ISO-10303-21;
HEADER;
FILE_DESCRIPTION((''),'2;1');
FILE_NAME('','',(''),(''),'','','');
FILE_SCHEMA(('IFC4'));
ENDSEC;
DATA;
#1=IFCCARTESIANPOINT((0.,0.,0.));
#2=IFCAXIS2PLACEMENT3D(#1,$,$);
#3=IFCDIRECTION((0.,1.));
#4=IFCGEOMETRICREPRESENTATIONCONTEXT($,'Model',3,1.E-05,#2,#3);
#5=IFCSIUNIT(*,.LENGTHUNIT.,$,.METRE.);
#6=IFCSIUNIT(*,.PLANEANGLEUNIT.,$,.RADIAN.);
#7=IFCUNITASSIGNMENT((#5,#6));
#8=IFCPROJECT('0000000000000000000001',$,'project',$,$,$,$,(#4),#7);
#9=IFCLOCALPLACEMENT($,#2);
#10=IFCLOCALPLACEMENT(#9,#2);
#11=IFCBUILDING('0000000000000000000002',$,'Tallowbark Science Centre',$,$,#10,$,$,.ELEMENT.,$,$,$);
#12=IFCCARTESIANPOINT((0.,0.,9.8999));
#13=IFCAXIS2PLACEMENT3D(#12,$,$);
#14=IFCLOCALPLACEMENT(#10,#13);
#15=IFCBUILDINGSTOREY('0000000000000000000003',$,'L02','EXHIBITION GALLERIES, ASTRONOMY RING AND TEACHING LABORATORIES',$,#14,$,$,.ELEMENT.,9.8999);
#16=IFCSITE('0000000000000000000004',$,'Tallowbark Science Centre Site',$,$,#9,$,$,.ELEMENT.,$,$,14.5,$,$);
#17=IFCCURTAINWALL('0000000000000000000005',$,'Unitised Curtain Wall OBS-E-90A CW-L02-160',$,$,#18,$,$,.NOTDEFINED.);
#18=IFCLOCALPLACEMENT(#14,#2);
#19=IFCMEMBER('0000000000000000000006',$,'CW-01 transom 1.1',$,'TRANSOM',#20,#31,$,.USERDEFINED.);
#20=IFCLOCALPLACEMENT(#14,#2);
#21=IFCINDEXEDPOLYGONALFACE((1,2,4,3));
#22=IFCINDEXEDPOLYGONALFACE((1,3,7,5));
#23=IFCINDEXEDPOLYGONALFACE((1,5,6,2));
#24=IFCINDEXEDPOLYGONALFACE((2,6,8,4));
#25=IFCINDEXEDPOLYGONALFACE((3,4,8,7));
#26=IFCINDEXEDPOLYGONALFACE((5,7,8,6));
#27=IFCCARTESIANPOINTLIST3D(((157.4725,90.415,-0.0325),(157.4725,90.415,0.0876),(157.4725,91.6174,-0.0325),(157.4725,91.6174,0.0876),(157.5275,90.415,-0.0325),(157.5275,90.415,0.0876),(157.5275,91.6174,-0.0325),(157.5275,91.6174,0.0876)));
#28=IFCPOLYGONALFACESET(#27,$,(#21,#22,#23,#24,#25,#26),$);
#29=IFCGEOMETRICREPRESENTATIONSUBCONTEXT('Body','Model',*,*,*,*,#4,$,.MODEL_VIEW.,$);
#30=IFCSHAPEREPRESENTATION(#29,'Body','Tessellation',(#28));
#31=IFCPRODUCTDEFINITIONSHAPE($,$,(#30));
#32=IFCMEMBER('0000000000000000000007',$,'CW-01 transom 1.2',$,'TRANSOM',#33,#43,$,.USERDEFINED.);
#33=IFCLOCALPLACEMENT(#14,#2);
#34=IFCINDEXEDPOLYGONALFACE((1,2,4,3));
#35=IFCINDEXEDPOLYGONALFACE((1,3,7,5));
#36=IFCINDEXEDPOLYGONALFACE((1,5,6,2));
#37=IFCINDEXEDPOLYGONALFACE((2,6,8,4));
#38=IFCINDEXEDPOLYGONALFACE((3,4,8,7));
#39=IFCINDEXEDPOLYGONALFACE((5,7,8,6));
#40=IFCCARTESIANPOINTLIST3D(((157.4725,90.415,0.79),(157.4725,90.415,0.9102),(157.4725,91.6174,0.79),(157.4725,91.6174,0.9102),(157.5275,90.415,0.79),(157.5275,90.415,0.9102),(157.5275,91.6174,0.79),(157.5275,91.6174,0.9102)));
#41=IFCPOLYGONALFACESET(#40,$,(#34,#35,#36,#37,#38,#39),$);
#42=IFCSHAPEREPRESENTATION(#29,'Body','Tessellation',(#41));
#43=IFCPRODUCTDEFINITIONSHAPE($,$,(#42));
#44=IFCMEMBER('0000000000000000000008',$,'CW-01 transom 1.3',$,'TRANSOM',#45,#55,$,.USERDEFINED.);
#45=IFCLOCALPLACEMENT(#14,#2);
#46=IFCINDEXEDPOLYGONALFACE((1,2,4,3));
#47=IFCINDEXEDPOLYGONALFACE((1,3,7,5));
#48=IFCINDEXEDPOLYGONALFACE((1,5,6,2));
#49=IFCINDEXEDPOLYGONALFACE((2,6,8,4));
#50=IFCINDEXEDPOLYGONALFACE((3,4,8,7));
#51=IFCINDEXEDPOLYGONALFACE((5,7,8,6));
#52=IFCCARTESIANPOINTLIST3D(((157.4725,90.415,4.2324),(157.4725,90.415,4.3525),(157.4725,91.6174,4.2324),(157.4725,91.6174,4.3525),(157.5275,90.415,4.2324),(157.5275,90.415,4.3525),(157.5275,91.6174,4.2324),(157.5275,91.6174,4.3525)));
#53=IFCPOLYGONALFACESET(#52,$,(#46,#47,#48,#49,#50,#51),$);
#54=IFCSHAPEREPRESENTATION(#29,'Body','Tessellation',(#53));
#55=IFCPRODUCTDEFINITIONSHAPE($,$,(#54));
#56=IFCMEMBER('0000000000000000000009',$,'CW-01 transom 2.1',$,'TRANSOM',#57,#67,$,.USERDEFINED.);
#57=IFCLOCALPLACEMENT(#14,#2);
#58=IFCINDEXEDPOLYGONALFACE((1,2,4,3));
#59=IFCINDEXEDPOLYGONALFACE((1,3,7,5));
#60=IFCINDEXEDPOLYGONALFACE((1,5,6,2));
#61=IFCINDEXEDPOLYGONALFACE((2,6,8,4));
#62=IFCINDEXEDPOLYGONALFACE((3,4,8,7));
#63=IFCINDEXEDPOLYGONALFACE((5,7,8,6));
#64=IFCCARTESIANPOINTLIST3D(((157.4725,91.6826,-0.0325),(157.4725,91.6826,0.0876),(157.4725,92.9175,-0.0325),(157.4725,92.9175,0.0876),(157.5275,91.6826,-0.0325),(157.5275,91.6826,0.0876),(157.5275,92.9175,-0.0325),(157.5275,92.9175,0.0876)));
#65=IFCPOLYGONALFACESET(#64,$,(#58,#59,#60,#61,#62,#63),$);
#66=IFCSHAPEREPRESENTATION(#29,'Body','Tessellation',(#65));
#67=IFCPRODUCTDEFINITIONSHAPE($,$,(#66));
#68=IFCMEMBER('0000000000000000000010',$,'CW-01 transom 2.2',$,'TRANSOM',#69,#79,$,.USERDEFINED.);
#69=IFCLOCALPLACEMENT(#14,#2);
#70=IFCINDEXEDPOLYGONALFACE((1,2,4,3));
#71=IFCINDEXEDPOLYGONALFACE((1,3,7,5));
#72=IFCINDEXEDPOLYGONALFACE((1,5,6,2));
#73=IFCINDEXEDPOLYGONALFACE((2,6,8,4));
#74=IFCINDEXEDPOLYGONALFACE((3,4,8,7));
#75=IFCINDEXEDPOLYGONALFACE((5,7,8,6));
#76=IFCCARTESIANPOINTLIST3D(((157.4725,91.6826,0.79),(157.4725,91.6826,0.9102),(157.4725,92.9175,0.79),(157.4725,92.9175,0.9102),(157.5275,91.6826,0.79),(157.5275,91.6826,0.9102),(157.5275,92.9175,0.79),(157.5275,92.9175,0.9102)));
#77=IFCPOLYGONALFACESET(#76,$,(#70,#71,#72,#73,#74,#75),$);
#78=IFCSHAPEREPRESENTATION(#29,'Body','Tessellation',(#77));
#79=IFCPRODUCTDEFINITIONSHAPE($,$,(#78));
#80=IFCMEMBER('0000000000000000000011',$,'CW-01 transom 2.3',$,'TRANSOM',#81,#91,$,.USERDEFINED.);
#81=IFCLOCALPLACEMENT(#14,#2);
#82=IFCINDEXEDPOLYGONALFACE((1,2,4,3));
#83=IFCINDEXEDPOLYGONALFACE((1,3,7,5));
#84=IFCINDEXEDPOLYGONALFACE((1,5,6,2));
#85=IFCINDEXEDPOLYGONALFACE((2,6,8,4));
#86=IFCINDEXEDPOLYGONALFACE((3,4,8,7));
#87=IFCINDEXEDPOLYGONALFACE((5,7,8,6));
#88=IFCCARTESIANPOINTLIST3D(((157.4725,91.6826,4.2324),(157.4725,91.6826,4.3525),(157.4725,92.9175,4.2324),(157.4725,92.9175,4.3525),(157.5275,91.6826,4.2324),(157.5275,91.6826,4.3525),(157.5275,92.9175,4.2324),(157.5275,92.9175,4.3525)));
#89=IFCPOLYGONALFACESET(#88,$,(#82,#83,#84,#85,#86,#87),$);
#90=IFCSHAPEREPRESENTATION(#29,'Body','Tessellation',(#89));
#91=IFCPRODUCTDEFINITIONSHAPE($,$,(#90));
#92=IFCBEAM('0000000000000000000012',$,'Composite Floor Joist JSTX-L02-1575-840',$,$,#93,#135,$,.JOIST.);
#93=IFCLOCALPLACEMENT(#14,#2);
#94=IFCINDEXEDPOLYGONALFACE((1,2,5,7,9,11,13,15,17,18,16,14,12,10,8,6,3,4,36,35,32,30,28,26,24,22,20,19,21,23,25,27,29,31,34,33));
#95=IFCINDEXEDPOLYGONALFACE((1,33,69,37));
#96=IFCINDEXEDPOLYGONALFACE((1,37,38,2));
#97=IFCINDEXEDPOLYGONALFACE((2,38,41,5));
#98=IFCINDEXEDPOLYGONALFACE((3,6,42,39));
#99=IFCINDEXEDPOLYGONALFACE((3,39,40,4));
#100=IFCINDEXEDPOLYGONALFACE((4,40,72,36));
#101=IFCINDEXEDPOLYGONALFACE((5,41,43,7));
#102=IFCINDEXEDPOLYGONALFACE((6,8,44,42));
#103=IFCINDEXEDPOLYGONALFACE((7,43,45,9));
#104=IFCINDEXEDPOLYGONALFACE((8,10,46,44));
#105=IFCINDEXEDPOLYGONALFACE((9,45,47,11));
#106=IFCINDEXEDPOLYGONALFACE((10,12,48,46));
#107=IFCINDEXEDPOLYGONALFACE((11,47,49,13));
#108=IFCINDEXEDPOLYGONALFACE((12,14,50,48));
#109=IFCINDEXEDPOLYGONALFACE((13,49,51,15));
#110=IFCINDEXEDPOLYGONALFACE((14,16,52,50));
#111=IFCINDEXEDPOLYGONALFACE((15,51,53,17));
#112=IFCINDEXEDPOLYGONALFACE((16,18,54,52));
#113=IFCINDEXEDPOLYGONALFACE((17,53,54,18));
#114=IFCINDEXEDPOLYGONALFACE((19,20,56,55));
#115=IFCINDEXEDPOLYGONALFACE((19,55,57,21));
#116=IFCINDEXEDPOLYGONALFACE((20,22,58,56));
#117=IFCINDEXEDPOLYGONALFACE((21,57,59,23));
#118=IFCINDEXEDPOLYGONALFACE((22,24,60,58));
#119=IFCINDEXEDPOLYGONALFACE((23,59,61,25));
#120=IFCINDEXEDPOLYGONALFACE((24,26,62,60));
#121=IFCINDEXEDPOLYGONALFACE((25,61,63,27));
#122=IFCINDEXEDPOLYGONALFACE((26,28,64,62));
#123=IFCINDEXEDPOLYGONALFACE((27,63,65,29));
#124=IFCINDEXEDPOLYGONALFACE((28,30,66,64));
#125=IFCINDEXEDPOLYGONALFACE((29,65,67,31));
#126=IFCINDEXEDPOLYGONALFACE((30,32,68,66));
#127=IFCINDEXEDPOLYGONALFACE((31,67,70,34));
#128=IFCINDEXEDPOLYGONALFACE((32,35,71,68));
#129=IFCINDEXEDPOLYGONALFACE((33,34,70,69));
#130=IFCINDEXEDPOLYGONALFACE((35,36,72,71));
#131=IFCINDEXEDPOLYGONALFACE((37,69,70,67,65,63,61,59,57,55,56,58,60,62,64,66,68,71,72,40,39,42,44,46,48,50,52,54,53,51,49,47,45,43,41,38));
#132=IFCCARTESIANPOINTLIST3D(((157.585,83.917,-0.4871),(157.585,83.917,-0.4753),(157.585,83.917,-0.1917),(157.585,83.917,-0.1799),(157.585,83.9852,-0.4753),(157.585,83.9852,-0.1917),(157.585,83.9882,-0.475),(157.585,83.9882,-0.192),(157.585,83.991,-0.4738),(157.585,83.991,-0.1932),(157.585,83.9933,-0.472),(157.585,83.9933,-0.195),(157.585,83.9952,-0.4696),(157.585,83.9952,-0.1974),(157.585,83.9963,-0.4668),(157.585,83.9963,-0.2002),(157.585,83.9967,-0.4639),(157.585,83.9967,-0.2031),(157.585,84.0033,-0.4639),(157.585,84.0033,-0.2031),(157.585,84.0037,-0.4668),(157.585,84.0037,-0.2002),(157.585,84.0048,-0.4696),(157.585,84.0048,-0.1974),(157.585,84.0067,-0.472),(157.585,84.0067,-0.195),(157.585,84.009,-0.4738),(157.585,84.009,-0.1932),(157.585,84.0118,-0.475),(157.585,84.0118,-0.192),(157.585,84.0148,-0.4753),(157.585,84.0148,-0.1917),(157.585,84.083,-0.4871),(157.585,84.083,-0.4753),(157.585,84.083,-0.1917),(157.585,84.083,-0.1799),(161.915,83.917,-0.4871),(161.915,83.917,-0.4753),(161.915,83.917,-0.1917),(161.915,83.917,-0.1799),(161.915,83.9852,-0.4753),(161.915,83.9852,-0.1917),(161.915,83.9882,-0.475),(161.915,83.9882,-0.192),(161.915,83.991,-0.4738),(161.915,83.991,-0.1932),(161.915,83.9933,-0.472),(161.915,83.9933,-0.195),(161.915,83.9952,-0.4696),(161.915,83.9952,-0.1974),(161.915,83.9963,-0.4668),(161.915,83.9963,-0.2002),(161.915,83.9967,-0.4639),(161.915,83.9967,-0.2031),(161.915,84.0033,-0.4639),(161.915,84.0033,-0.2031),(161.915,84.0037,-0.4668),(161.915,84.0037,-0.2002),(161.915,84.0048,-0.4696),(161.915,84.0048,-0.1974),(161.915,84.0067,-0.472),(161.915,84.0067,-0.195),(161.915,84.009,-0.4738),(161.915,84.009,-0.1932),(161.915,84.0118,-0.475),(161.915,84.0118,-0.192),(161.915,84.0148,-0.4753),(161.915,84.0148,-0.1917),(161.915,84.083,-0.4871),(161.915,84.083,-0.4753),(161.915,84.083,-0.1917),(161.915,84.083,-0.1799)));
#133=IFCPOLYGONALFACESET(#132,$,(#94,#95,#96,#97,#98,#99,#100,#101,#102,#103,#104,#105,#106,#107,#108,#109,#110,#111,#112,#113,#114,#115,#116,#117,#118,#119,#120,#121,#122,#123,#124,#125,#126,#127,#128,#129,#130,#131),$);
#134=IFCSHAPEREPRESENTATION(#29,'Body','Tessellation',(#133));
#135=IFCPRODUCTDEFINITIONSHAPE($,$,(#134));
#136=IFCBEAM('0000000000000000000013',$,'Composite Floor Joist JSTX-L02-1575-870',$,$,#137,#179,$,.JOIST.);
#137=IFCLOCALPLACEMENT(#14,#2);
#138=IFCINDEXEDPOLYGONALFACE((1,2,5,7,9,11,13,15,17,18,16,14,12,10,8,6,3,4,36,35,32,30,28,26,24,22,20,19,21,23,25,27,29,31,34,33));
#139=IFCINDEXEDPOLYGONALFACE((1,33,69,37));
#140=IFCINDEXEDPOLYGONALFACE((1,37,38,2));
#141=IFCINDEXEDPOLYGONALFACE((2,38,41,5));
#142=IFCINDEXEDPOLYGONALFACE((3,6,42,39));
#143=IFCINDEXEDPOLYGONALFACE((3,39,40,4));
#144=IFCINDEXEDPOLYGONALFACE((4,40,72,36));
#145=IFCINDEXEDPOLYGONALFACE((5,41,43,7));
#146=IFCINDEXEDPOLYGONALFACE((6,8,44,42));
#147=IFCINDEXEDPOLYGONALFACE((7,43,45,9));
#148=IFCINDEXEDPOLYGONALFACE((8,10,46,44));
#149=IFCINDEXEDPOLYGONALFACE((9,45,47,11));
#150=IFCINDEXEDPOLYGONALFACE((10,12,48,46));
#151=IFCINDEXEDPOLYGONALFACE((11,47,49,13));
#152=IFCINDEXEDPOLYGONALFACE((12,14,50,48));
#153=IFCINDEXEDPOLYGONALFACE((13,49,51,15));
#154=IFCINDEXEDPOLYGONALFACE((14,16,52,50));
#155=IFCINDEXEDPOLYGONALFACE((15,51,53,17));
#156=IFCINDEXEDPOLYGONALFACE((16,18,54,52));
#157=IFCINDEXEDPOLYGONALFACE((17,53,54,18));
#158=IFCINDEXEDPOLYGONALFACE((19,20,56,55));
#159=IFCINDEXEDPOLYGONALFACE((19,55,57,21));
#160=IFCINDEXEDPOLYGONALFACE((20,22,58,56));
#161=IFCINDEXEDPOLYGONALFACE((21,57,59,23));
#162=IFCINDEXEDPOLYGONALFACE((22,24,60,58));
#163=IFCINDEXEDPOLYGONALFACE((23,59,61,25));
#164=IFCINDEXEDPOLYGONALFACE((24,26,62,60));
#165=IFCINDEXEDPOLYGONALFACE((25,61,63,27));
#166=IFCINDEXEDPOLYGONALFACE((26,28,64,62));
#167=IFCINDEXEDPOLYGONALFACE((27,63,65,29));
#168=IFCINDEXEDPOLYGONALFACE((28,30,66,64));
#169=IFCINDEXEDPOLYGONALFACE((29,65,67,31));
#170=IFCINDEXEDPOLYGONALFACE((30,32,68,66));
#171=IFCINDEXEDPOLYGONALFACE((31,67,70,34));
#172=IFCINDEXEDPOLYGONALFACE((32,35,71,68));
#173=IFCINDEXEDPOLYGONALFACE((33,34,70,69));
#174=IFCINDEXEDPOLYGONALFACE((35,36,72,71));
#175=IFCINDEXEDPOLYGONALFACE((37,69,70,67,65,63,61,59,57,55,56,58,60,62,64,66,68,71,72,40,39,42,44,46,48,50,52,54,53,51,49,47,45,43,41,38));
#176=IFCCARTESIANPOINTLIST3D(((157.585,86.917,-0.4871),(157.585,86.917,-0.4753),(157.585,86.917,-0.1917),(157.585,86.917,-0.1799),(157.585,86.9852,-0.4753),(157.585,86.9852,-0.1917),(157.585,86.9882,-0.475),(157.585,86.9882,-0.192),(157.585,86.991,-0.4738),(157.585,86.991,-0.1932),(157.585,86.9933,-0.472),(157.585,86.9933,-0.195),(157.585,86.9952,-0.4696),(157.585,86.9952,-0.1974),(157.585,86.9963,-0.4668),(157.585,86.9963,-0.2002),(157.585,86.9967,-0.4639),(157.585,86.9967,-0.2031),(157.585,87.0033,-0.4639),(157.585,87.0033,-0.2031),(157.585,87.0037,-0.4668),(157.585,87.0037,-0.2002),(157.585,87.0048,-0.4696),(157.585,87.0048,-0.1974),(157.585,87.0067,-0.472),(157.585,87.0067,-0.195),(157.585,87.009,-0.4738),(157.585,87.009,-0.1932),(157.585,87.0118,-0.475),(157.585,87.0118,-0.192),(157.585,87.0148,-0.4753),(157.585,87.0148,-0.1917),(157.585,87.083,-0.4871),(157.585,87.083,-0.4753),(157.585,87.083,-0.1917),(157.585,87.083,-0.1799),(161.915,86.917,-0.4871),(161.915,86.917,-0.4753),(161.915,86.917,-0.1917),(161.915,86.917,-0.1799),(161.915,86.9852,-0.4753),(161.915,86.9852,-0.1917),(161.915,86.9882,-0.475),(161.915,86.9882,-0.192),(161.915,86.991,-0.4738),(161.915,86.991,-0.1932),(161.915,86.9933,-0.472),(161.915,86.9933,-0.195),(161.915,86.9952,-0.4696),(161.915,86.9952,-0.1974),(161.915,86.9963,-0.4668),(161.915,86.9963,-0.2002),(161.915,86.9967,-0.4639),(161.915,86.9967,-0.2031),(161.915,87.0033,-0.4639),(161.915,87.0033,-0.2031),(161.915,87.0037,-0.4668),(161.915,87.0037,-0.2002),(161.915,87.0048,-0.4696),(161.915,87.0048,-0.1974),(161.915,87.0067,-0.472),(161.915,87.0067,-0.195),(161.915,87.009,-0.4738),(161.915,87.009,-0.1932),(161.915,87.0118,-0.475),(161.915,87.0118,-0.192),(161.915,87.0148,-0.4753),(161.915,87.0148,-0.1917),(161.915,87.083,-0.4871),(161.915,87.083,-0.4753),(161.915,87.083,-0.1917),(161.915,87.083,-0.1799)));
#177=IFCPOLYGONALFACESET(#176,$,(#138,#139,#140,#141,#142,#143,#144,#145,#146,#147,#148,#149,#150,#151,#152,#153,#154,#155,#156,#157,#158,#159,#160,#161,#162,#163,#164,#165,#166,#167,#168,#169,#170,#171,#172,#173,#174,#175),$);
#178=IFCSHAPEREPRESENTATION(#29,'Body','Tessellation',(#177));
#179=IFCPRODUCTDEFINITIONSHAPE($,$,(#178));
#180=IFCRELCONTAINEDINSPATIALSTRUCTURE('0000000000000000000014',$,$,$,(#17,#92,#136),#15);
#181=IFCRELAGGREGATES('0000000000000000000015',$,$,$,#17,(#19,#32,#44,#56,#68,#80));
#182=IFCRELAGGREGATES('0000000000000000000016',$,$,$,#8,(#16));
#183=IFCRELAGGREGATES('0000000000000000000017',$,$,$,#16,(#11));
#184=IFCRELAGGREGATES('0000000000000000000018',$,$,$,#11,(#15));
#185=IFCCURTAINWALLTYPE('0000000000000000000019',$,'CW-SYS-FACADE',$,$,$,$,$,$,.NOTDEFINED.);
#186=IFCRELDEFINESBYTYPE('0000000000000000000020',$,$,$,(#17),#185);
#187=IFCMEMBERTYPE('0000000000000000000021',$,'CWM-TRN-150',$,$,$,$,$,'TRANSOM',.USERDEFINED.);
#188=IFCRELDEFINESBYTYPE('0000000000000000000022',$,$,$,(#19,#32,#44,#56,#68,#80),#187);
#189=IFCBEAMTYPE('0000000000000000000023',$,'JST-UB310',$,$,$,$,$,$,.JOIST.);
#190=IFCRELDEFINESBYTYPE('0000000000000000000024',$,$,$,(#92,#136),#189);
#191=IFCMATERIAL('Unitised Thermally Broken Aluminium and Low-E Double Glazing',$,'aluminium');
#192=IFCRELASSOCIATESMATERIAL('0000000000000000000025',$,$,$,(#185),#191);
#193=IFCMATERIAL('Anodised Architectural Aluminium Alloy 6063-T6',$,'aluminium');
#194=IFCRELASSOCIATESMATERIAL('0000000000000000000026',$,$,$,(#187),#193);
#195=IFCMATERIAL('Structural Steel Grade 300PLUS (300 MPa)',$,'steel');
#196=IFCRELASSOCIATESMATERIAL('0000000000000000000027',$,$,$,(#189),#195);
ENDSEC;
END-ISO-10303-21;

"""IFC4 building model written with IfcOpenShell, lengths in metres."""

from ifc_helpers import new_model, si_unit, direction, frame, origin, origin_2d, place, context, subcontext, project, spatial, rectangle, i_section, extrude, material, material_profile, profile_set, type_object, element, aggregate, save


model = new_model("IFC4")

# Units and contexts
model_context = context("Model", 3, precision=1e-05, world=origin(), true_north=direction((0.0, 1.0)))
body_context = subcontext(model_context, "Body", "Model", "MODEL_VIEW")
ifc_project = project(units=[si_unit("LENGTHUNIT", "METRE"), si_unit("PLANEANGLEUNIT", "RADIAN")], contexts=[model_context])

# Site, building, storey
site_placement = place(None, origin())
site = spatial("IfcSite", under=ifc_project, at=site_placement, Name="Tallowbark Science Centre Site", CompositionType="ELEMENT", RefElevation=14.5)
building_placement = place(site_placement, origin())
building = spatial("IfcBuilding", under=site, at=building_placement, Name="Tallowbark Science Centre", CompositionType="ELEMENT")
storey_placement = place(building_placement, frame((0.0, 0.0, 9.8999)))
storey = spatial("IfcBuildingStorey", under=building, at=storey_placement, Name="L02", Description="EXHIBITION GALLERIES, ASTRONOMY RING AND TEACHING LABORATORIES", CompositionType="ELEMENT", Elevation=9.8999)

# Shared definitions
ifc_material_1 = material(Name="Structural Steel Grade 300PLUS (300 MPa)", Category="steel")

# Curtain wall, members
ifc_material_2 = material(Name="Unitised Thermally Broken Aluminium and Low-E Double Glazing", Category="aluminium")
curtain_wall_type = type_object("IfcCurtainWallType", Name="CW-SYS-FACADE", PredefinedType="NOTDEFINED", material=ifc_material_2)
curtain_wall_placement = place(storey_placement, origin())
curtain_wall = element("IfcCurtainWall", 1, at=curtain_wall_placement, inside=storey, type_object=curtain_wall_type, Name="Unitised Curtain Wall OBS-E-90A CW-L02-160", PredefinedType="NOTDEFINED")
ifc_material_3 = material(Name="Anodised Architectural Aluminium Alloy 6063-T6", Category="aluminium")
ifc_material_profile_1 = material_profile(ifc_material_3, rectangle(XDim=0.0549, YDim=0.1201, at=origin_2d()), Name="ALU55x120")
ifc_profile_set_1 = profile_set([ifc_material_profile_1], Name="Anodised Architectural Aluminium Alloy 6063-T6")
member_type_1 = type_object("IfcMemberType", Name="CWM-TRN-150", ElementType="TRANSOM", PredefinedType="USERDEFINED", material=ifc_profile_set_1)
member_1_placement = place(storey_placement, frame((157.5, 90.415, 0.0276), z_axis=(0.0, 1.0, 0.0), x_axis=(-1.0, 0.0, 0.0)))
member_1 = element("IfcMember", 2, at=member_1_placement, type_object=member_type_1, Name="CW-01 transom 1.1", ObjectType="TRANSOM", PredefinedType="USERDEFINED", context=body_context, shape_type="SweptSolid", body=[
    extrude(rectangle(XDim=0.0549, YDim=0.1201, at=origin_2d()), origin(), (0.0, 0.0, 1.0), 1.2024),
])
member_2_placement = place(storey_placement, frame((157.5, 90.415, 0.8501), z_axis=(0.0, 1.0, 0.0), x_axis=(-1.0, 0.0, 0.0)))
member_2 = element("IfcMember", 3, at=member_2_placement, type_object=member_type_1, Name="CW-01 transom 1.2", ObjectType="TRANSOM", PredefinedType="USERDEFINED", context=body_context, shape_type="SweptSolid", body=[
    extrude(rectangle(XDim=0.0549, YDim=0.1201, at=origin_2d()), origin(), (0.0, 0.0, 1.0), 1.2024),
])
member_3_placement = place(storey_placement, frame((157.5, 90.415, 4.2925), z_axis=(0.0, 1.0, 0.0), x_axis=(-1.0, 0.0, 0.0)))
member_3 = element("IfcMember", 4, at=member_3_placement, type_object=member_type_1, Name="CW-01 transom 1.3", ObjectType="TRANSOM", PredefinedType="USERDEFINED", context=body_context, shape_type="SweptSolid", body=[
    extrude(rectangle(XDim=0.0549, YDim=0.1201, at=origin_2d()), origin(), (0.0, 0.0, 1.0), 1.2024),
])
member_4_placement = place(storey_placement, frame((157.5, 91.6826, 0.0276), z_axis=(0.0, 1.0, 0.0), x_axis=(-1.0, 0.0, 0.0)))
member_4 = element("IfcMember", 5, at=member_4_placement, type_object=member_type_1, Name="CW-01 transom 2.1", ObjectType="TRANSOM", PredefinedType="USERDEFINED", context=body_context, shape_type="SweptSolid", body=[
    extrude(rectangle(XDim=0.0549, YDim=0.1201, at=origin_2d()), origin(), (0.0, 0.0, 1.0), 1.2349),
])
member_5_placement = place(storey_placement, frame((157.5, 91.6826, 0.8501), z_axis=(0.0, 1.0, 0.0), x_axis=(-1.0, 0.0, 0.0)))
member_5 = element("IfcMember", 6, at=member_5_placement, type_object=member_type_1, Name="CW-01 transom 2.2", ObjectType="TRANSOM", PredefinedType="USERDEFINED", context=body_context, shape_type="SweptSolid", body=[
    extrude(rectangle(XDim=0.0549, YDim=0.1201, at=origin_2d()), origin(), (0.0, 0.0, 1.0), 1.2349),
])
member_6_placement = place(storey_placement, frame((157.5, 91.6826, 4.2925), z_axis=(0.0, 1.0, 0.0), x_axis=(-1.0, 0.0, 0.0)))
member_6 = element("IfcMember", 7, at=member_6_placement, type_object=member_type_1, Name="CW-01 transom 2.3", ObjectType="TRANSOM", PredefinedType="USERDEFINED", context=body_context, shape_type="SweptSolid", body=[
    extrude(rectangle(XDim=0.0549, YDim=0.1201, at=origin_2d()), origin(), (0.0, 0.0, 1.0), 1.2349),
])

# Beams
ifc_material_profile_2 = material_profile(ifc_material_1, i_section(OverallWidth=0.166, OverallDepth=0.3071, WebThickness=0.0066, FlangeThickness=0.0117, FilletRadius=0.0115, at=origin_2d()), Name="310UB46.2")
ifc_profile_set_2 = profile_set([ifc_material_profile_2], Name="Structural Steel Grade 300PLUS (300 MPa)")
beam_type_1 = type_object("IfcBeamType", Name="JST-UB310", PredefinedType="JOIST", material=ifc_profile_set_2)
for number, where, z_axis, x_axis, name in (
    (8, (157.585, 84.0, -0.3335), (1.0, 0.0, 0.0), (0.0, 1.0, 0.0), "Composite Floor Joist JSTX-L02-1575-840"),
    (9, (157.585, 87.0, -0.3335), (1.0, 0.0, 0.0), (0.0, 1.0, 0.0), "Composite Floor Joist JSTX-L02-1575-870"),
):
    element("IfcBeam", number, at=place(storey_placement, frame(where, z_axis=z_axis, x_axis=x_axis)), inside=storey, type_object=beam_type_1, Name=name, PredefinedType="JOIST", context=body_context, shape_type="SweptSolid", body=[
        extrude(i_section(OverallWidth=0.166, OverallDepth=0.3071, WebThickness=0.0066, FlangeThickness=0.0117, FilletRadius=0.0115, at=origin_2d()), origin(), (0.0, 0.0, 1.0), 4.3301),
    ])

aggregate(curtain_wall, [member_1, member_2, member_3, member_4, member_5, member_6])

save(model, "model.ifc")
